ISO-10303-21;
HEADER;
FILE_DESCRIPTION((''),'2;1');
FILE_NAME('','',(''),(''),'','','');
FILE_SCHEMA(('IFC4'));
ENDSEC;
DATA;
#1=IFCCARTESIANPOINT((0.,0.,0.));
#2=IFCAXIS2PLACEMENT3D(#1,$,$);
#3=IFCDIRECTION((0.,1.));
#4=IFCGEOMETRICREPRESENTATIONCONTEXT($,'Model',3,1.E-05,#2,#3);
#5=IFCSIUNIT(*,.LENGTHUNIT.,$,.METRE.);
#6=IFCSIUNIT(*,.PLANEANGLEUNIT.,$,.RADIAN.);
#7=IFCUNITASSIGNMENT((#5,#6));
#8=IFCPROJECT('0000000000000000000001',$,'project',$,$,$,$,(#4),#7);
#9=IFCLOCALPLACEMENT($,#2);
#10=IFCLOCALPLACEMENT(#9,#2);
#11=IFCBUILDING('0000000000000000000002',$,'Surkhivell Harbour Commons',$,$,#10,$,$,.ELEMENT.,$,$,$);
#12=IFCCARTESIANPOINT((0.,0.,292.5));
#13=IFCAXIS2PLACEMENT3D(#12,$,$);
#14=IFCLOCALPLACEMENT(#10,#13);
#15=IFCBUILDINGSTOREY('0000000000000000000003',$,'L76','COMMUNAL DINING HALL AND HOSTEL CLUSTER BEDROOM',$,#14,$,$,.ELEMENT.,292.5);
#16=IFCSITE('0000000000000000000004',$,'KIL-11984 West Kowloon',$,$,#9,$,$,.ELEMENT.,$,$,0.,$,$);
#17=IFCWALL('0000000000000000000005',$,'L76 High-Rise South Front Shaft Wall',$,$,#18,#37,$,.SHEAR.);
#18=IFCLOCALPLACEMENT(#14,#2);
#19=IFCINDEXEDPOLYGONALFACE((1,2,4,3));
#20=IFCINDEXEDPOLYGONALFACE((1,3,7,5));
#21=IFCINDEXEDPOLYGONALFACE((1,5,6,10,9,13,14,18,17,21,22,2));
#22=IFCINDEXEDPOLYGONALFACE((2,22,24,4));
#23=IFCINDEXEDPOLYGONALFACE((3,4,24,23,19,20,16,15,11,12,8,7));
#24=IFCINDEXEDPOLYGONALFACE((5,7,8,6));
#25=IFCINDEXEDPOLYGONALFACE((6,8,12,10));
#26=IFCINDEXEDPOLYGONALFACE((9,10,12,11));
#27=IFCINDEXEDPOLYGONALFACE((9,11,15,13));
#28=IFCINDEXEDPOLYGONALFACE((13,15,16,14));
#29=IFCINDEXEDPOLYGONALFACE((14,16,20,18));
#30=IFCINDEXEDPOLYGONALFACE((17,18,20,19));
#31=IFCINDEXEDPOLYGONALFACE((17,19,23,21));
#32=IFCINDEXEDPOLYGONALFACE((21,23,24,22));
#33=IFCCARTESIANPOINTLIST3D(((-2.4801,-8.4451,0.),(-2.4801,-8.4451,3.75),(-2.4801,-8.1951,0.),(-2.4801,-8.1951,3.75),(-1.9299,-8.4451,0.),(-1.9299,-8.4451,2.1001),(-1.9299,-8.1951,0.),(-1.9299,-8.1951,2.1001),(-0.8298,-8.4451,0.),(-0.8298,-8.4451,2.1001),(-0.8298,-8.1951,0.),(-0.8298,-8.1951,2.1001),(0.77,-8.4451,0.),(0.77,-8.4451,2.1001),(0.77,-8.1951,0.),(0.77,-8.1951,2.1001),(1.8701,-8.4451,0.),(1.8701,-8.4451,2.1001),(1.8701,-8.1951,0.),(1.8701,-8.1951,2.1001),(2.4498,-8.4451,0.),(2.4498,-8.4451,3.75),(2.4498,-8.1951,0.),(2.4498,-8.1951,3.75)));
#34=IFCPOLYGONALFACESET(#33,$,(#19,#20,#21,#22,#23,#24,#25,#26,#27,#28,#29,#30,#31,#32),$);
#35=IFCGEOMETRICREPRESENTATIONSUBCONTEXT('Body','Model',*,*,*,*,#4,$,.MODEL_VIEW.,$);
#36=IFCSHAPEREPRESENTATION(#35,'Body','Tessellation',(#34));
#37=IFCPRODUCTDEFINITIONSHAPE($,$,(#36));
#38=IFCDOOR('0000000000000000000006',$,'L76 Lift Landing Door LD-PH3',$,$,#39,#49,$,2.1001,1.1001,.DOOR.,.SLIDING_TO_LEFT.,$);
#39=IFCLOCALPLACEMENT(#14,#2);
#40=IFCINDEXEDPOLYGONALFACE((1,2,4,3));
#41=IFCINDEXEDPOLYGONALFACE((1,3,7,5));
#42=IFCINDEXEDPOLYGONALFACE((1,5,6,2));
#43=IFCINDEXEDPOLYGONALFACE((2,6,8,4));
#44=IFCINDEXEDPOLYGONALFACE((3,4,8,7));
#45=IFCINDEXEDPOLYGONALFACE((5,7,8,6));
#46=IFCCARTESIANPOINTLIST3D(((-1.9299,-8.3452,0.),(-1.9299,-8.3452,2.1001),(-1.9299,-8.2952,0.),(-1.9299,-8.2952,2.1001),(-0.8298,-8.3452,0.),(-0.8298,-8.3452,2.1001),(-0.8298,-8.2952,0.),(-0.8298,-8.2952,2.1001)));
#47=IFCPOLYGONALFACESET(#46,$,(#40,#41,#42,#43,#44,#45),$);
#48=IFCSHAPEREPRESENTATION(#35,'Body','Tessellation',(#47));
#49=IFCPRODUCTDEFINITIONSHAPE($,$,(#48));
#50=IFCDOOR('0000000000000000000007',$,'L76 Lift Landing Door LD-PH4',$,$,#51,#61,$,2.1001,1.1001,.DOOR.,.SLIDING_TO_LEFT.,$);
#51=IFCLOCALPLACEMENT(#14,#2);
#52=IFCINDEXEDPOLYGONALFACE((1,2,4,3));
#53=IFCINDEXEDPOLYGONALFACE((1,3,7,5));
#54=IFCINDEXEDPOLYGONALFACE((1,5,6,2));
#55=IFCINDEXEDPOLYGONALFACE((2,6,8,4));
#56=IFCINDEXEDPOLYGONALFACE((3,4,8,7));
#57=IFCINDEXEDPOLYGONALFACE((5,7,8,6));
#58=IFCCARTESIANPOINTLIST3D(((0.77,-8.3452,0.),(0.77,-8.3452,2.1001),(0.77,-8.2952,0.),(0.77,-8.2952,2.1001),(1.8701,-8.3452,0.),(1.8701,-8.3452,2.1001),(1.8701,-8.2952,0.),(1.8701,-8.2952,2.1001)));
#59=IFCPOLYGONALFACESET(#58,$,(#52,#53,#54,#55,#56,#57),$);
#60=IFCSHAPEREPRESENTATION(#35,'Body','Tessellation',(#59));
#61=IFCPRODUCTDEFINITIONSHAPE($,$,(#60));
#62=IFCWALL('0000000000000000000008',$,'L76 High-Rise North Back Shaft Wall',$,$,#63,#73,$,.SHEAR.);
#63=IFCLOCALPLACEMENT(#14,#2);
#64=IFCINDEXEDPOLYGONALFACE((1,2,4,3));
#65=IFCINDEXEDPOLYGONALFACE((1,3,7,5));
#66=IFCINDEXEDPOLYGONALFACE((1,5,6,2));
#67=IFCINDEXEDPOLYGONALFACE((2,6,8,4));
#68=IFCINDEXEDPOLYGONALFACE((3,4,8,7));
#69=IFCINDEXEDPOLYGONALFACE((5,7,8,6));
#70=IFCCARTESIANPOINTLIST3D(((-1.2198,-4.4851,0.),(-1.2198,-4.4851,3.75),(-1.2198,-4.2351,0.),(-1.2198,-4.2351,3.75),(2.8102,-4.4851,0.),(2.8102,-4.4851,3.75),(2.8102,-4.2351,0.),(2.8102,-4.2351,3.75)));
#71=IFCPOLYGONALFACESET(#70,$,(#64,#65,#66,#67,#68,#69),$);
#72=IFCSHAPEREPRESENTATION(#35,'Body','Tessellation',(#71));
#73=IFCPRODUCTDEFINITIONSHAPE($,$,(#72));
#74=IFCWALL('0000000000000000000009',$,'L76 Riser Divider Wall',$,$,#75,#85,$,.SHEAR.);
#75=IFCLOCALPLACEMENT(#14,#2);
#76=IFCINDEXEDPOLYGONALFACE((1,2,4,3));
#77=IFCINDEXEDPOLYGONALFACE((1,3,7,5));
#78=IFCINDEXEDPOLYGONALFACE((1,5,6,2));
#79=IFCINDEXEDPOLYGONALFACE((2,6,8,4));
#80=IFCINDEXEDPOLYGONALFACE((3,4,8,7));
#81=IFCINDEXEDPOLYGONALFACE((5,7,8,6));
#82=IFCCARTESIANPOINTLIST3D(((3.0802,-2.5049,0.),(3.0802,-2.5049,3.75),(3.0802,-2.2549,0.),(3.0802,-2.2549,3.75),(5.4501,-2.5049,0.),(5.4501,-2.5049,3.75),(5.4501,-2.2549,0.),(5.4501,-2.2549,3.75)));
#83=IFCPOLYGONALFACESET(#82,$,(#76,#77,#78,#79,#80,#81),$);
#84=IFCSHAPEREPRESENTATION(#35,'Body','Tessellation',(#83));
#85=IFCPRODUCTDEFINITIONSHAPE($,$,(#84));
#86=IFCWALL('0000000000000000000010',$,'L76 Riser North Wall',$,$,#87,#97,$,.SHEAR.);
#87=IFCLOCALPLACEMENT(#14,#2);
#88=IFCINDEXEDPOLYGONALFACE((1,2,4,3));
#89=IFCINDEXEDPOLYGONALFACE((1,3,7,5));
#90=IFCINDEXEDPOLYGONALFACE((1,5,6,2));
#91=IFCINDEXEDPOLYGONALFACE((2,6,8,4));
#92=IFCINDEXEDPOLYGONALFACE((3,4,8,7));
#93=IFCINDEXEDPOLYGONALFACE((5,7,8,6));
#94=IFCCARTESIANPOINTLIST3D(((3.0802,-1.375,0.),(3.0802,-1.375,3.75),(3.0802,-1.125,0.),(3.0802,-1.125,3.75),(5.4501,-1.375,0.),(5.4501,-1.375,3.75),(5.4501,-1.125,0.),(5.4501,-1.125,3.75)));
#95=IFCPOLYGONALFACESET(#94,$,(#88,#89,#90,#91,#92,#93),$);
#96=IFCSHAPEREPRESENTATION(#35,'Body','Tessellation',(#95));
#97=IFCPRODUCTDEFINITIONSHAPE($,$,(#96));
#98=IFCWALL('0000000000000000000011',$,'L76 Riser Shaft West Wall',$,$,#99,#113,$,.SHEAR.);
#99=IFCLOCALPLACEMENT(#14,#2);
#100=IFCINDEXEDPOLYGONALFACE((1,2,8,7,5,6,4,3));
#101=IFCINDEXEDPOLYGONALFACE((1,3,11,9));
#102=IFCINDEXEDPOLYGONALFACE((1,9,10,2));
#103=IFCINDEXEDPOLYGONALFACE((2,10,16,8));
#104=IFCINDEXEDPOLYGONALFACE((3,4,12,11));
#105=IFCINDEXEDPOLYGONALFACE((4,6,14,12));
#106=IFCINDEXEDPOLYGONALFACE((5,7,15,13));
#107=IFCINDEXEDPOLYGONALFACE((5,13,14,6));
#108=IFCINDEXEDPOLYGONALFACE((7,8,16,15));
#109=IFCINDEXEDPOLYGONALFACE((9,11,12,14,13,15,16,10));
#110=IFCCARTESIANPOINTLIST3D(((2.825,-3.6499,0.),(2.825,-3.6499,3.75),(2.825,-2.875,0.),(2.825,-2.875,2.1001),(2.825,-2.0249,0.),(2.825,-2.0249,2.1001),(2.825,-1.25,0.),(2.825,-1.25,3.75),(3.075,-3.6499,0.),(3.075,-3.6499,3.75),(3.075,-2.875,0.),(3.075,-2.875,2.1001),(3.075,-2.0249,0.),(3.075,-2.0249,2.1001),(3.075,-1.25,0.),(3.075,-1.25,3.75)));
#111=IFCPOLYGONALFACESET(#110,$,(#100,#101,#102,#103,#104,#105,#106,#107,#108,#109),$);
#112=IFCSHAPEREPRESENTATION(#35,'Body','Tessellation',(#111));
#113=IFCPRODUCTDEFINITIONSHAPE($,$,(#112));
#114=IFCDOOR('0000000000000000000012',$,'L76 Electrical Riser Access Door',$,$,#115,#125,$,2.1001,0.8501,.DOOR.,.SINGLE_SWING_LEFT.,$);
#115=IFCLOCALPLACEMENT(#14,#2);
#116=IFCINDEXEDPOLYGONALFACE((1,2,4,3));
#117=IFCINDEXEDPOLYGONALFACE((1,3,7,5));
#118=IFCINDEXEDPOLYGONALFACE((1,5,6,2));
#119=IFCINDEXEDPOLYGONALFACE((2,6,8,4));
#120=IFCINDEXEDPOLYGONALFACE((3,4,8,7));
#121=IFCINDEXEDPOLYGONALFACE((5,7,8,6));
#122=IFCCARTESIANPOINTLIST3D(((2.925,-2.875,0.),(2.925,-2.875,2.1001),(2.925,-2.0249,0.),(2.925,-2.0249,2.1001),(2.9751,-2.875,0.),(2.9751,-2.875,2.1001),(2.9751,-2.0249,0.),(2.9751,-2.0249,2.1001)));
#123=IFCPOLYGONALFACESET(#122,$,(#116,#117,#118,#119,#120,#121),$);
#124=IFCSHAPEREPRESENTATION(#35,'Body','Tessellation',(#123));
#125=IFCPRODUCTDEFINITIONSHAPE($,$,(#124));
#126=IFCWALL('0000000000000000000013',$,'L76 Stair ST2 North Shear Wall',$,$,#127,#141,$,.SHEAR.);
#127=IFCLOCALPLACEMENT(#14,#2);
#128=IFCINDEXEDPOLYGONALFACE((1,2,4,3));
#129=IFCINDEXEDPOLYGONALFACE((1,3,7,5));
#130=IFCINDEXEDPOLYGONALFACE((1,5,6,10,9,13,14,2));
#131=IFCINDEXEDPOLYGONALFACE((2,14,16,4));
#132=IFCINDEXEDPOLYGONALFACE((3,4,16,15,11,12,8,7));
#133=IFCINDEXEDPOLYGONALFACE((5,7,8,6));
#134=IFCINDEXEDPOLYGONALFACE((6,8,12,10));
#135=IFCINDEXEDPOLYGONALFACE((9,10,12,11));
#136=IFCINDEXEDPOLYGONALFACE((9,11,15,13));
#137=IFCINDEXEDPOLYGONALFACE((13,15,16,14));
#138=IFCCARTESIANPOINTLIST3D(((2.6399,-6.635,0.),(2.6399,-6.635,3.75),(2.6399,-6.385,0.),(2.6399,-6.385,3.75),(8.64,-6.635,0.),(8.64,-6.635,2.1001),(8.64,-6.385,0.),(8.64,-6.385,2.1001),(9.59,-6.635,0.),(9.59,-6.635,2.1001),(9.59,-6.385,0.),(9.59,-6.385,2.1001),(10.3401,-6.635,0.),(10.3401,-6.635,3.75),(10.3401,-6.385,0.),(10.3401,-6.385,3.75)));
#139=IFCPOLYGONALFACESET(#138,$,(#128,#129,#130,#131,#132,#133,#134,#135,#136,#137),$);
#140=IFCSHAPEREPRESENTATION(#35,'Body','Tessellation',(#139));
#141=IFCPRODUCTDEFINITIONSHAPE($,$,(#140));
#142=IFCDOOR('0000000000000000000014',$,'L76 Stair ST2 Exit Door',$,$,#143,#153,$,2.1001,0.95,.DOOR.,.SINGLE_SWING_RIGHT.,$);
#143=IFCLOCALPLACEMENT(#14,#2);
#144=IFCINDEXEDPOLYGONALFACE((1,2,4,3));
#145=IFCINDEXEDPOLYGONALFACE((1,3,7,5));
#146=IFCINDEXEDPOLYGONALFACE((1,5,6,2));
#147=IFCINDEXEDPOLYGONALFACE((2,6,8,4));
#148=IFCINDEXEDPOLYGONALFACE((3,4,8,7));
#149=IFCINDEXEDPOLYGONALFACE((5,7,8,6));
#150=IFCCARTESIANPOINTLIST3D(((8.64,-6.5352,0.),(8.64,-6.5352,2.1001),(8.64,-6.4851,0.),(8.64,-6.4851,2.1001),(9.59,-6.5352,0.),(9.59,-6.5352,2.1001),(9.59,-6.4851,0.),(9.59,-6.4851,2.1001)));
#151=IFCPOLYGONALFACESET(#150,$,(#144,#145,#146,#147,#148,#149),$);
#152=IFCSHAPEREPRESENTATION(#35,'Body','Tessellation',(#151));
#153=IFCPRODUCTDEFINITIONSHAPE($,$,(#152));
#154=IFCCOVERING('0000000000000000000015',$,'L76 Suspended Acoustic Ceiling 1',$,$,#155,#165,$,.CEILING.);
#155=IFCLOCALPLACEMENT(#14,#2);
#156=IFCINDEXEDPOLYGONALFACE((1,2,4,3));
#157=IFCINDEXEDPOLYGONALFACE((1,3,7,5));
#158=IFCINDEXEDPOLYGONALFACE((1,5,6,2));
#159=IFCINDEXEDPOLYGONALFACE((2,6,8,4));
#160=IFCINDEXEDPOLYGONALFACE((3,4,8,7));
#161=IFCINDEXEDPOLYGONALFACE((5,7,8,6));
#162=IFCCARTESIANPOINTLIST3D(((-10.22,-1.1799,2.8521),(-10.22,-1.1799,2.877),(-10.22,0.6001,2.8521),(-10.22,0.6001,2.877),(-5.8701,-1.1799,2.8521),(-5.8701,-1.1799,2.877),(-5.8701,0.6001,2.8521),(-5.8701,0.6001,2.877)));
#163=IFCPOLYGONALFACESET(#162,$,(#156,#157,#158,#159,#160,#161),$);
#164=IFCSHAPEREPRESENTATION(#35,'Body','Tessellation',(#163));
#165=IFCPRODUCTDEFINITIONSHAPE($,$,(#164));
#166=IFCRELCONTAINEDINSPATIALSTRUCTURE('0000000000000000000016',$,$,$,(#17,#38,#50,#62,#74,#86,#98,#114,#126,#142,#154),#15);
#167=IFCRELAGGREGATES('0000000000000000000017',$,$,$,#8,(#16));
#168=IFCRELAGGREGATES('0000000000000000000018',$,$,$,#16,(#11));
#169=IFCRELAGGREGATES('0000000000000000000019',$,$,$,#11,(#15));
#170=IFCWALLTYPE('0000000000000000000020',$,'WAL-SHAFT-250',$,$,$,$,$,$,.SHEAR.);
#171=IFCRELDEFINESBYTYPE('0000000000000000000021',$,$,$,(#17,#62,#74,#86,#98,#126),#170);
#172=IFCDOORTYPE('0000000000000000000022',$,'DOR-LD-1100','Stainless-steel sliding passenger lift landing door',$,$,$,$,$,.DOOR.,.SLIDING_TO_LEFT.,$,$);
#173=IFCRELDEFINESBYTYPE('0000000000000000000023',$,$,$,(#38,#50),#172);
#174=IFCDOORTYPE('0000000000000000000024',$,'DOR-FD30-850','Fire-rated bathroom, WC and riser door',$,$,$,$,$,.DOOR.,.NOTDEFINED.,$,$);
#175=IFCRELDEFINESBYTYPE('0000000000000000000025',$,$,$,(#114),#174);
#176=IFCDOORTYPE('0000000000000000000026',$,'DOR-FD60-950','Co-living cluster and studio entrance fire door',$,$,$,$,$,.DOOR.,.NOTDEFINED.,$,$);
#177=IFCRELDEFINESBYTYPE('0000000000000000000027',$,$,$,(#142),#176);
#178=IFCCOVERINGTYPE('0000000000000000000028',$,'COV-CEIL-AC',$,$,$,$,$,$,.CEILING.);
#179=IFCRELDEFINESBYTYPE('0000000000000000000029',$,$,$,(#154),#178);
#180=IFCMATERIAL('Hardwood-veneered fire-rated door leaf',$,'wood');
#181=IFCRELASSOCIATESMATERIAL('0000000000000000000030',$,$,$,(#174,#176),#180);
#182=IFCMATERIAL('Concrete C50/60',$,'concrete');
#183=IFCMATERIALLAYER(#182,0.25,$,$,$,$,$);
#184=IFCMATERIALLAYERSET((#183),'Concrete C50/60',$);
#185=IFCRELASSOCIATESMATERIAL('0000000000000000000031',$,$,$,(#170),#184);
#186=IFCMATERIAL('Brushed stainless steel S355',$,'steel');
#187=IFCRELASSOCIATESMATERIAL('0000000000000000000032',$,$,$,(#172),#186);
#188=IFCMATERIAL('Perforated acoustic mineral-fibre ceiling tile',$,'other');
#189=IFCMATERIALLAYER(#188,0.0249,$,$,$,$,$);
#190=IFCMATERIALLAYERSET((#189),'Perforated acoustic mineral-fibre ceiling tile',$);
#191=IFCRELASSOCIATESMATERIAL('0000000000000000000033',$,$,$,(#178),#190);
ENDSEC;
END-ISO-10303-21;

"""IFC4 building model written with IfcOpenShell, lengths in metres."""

from ifc_helpers import new_model, si_unit, direction, frame, frame_2d, origin, place, context, subcontext, project, spatial, polyline, rectangle, outline, extrude, material, layer, layer_set, type_object, element, fill, save


model = new_model("IFC4")

# Units and contexts
model_context = context("Model", 3, precision=1e-05, world=origin(), true_north=direction((0.0, 1.0)))
body_context = subcontext(model_context, "Body", "Model", "MODEL_VIEW")
ifc_project = project(units=[si_unit("LENGTHUNIT", "METRE"), si_unit("PLANEANGLEUNIT", "RADIAN")], contexts=[model_context])

# Site, building, storey
site_placement = place(None, origin())
site = spatial("IfcSite", under=ifc_project, at=site_placement, Name="KIL-11984 West Kowloon", CompositionType="ELEMENT", RefElevation=0.0)
building_placement = place(site_placement, origin())
building = spatial("IfcBuilding", under=site, at=building_placement, Name="Surkhivell Harbour Commons", CompositionType="ELEMENT")
storey_placement = place(building_placement, frame((0.0, 0.0, 292.5)))
storey = spatial("IfcBuildingStorey", under=building, at=storey_placement, Name="L76", Description="COMMUNAL DINING HALL AND HOSTEL CLUSTER BEDROOM", CompositionType="ELEMENT", Elevation=292.5)

# Shared definitions
ifc_material_1 = material(Name="Hardwood-veneered fire-rated door leaf", Category="wood")
door_type_1 = type_object("IfcDoorType", Name="DOR-FD30-850", Description="Fire-rated bathroom, WC and riser door", OperationType="NOTDEFINED", PredefinedType="DOOR", material=ifc_material_1)

# Shared definitions
ifc_material_2 = material(Name="Concrete C50/60", Category="concrete")
ifc_layer_1 = layer(ifc_material_2, 0.25)
ifc_layer_set_1 = layer_set([ifc_layer_1], Name="Concrete C50/60")
wall_type_1 = type_object("IfcWallType", Name="WAL-SHAFT-250", PredefinedType="SHEAR", material=ifc_layer_set_1)

# Wall, openings, doors
ifc_material_3 = material(Name="Brushed stainless steel S355", Category="steel")
door_type_2 = type_object("IfcDoorType", Name="DOR-LD-1100", Description="Stainless-steel sliding passenger lift landing door", OperationType="SLIDING_TO_LEFT", PredefinedType="DOOR", material=ifc_material_3)
wall_1_placement = place(storey_placement, frame((-2.48, -8.3201, 0.0), z_axis=(0.0, 0.0, 1.0), x_axis=(1.0, 0.0, 0.0)))
wall_1 = element("IfcWall", 1, at=wall_1_placement, inside=storey, type_object=wall_type_1, Name="L76 High-Rise South Front Shaft Wall", PredefinedType="SHEAR", context=body_context, shape_type="SweptSolid", body=[
    extrude(rectangle(XDim=4.9299, YDim=0.25, at=frame_2d((2.4648, 0.0))), origin(), (0.0, 0.0, 1.0), 3.75),
])
opening_1_placement = place(wall_1_placement, frame((0.55, 0.0, 0.0)))
opening_1 = element("IfcOpeningElement", 2, at=opening_1_placement, cuts=wall_1, PredefinedType="OPENING", context=body_context, shape_type="SweptSolid", body=[
    extrude(rectangle(XDim=1.1001, YDim=2.1001, at=frame_2d((0.55, 1.05))), frame((0.0, 0.135, 0.0), z_axis=(0.0, -1.0, 0.0), x_axis=(1.0, 0.0, 0.0)), (0.0, 0.0, 1.0), 0.27),
])
opening_2_placement = place(wall_1_placement, frame((3.25, 0.0, 0.0)))
opening_2 = element("IfcOpeningElement", 3, at=opening_2_placement, cuts=wall_1, PredefinedType="OPENING", context=body_context, shape_type="SweptSolid", body=[
    extrude(rectangle(XDim=1.1001, YDim=2.1001, at=frame_2d((0.55, 1.05))), frame((0.0, 0.135, 0.0), z_axis=(0.0, -1.0, 0.0), x_axis=(1.0, 0.0, 0.0)), (0.0, 0.0, 1.0), 0.27),
])
door_1_placement = place(opening_1_placement, origin())
door_1 = element("IfcDoor", 4, at=door_1_placement, inside=storey, type_object=door_type_2, Name="L76 Lift Landing Door LD-PH3", OperationType="SLIDING_TO_LEFT", OverallHeight=2.1001, OverallWidth=1.1001, PredefinedType="DOOR", context=body_context, shape_type="SweptSolid", body=[
    extrude(rectangle(XDim=1.1001, YDim=2.1001, at=frame_2d((0.55, 1.05))), frame((0.0, 0.0249, 0.0), z_axis=(0.0, -1.0, 0.0), x_axis=(1.0, 0.0, 0.0)), (0.0, 0.0, 1.0), 0.05),
])
fill(opening_1, door_1)
door_2_placement = place(opening_2_placement, origin())
door_2 = element("IfcDoor", 5, at=door_2_placement, inside=storey, type_object=door_type_2, Name="L76 Lift Landing Door LD-PH4", OperationType="SLIDING_TO_LEFT", OverallHeight=2.1001, OverallWidth=1.1001, PredefinedType="DOOR", context=body_context, shape_type="SweptSolid", body=[
    extrude(rectangle(XDim=1.1001, YDim=2.1001, at=frame_2d((0.55, 1.05))), frame((0.0, 0.0249, 0.0), z_axis=(0.0, -1.0, 0.0), x_axis=(1.0, 0.0, 0.0)), (0.0, 0.0, 1.0), 0.05),
])
fill(opening_2, door_2)

# Walls
wall_2_placement = place(storey_placement, frame((-1.22, -4.3601, 0.0), z_axis=(0.0, 0.0, 1.0), x_axis=(1.0, 0.0, 0.0)))
element("IfcWall", 6, at=wall_2_placement, inside=storey, type_object=wall_type_1, Name="L76 High-Rise North Back Shaft Wall", PredefinedType="SHEAR", context=body_context, shape_type="SweptSolid", body=[
    extrude(rectangle(XDim=4.03, YDim=0.25, at=frame_2d((2.0151, 0.0))), origin(), (0.0, 0.0, 1.0), 3.75),
])
for number, where, z_axis, x_axis, name in (
    (7, (3.0801, -2.3799, 0.0), (0.0, 0.0, 1.0), (1.0, 0.0, 0.0), "L76 Riser Divider Wall"),
    (8, (3.0801, -1.25, 0.0), (0.0, 0.0, 1.0), (1.0, 0.0, 0.0), "L76 Riser North Wall"),
):
    element("IfcWall", number, at=place(storey_placement, frame(where, z_axis=z_axis, x_axis=x_axis)), inside=storey, type_object=wall_type_1, Name=name, PredefinedType="SHEAR", context=body_context, shape_type="SweptSolid", body=[
        extrude(rectangle(XDim=2.3699, YDim=0.25, at=frame_2d((1.1851, 0.0))), origin(), (0.0, 0.0, 1.0), 3.75),
    ])

# Walls, openings, doors
wall_3_placement = place(storey_placement, frame((2.95, -3.6499, 0.0), z_axis=(0.0, 0.0, 1.0), x_axis=(0.0, 1.0, 0.0)))
wall_3 = element("IfcWall", 9, at=wall_3_placement, inside=storey, type_object=wall_type_1, Name="L76 Riser Shaft West Wall", PredefinedType="SHEAR", context=body_context, shape_type="SweptSolid", body=[
    extrude(rectangle(XDim=2.3999, YDim=0.25, at=frame_2d((1.2, 0.0))), origin(), (0.0, 0.0, 1.0), 3.75),
])
opening_3_placement = place(wall_3_placement, frame((0.7749, 0.0, 0.0)))
opening_3 = element("IfcOpeningElement", 10, at=opening_3_placement, cuts=wall_3, PredefinedType="OPENING", context=body_context, shape_type="SweptSolid", body=[
    extrude(rectangle(XDim=0.8501, YDim=2.1001, at=frame_2d((0.425, 1.05))), frame((0.0, 0.135, 0.0), z_axis=(0.0, -1.0, 0.0), x_axis=(1.0, 0.0, 0.0)), (0.0, 0.0, 1.0), 0.27),
])
door_3_placement = place(opening_3_placement, origin())
door_3 = element("IfcDoor", 11, at=door_3_placement, inside=storey, type_object=door_type_1, Name="L76 Electrical Riser Access Door", OperationType="SINGLE_SWING_LEFT", OverallHeight=2.1001, OverallWidth=0.8501, PredefinedType="DOOR", context=body_context, shape_type="SweptSolid", body=[
    extrude(rectangle(XDim=0.8501, YDim=2.1001, at=frame_2d((0.425, 1.05))), frame((0.0, 0.0249, 0.0), z_axis=(0.0, -1.0, 0.0), x_axis=(1.0, 0.0, 0.0)), (0.0, 0.0, 1.0), 0.05),
])
fill(opening_3, door_3)
wall_4_placement = place(storey_placement, frame((2.6399, -6.51, 0.0), z_axis=(0.0, 0.0, 1.0), x_axis=(1.0, 0.0, 0.0)))
wall_4 = element("IfcWall", 12, at=wall_4_placement, inside=storey, type_object=wall_type_1, Name="L76 Stair ST2 North Shear Wall", PredefinedType="SHEAR", context=body_context, shape_type="SweptSolid", body=[
    extrude(rectangle(XDim=7.7002, YDim=0.25, at=frame_2d((3.8501, 0.0))), origin(), (0.0, 0.0, 1.0), 3.75),
])
opening_4_placement = place(wall_4_placement, frame((6.0, 0.0, 0.0)))
opening_4 = element("IfcOpeningElement", 13, at=opening_4_placement, cuts=wall_4, PredefinedType="OPENING", context=body_context, shape_type="SweptSolid", body=[
    extrude(rectangle(XDim=0.95, YDim=2.1001, at=frame_2d((0.4751, 1.05))), frame((0.0, 0.135, 0.0), z_axis=(0.0, -1.0, 0.0), x_axis=(1.0, 0.0, 0.0)), (0.0, 0.0, 1.0), 0.27),
])
door_type_3 = type_object("IfcDoorType", Name="DOR-FD60-950", Description="Co-living cluster and studio entrance fire door", OperationType="NOTDEFINED", PredefinedType="DOOR", material=ifc_material_1)
door_4_placement = place(opening_4_placement, origin())
door_4 = element("IfcDoor", 14, at=door_4_placement, inside=storey, type_object=door_type_3, Name="L76 Stair ST2 Exit Door", OperationType="SINGLE_SWING_RIGHT", OverallHeight=2.1001, OverallWidth=0.95, PredefinedType="DOOR", context=body_context, shape_type="SweptSolid", body=[
    extrude(rectangle(XDim=0.95, YDim=2.1001, at=frame_2d((0.4751, 1.05))), frame((0.0, 0.0249, 0.0), z_axis=(0.0, -1.0, 0.0), x_axis=(1.0, 0.0, 0.0)), (0.0, 0.0, 1.0), 0.05),
])
fill(opening_4, door_4)

# Covering
ifc_material_4 = material(Name="Perforated acoustic mineral-fibre ceiling tile", Category="other")
ifc_layer_2 = layer(ifc_material_4, 0.0249)
ifc_layer_set_2 = layer_set([ifc_layer_2], Name="Perforated acoustic mineral-fibre ceiling tile")
covering_type_1 = type_object("IfcCoveringType", Name="COV-CEIL-AC", PredefinedType="CEILING", material=ifc_layer_set_2)
covering_1_placement = place(storey_placement, frame((0.0, 0.0, 2.8521)))
element("IfcCovering", 15, at=covering_1_placement, inside=storey, type_object=covering_type_1, Name="L76 Suspended Acoustic Ceiling 1", PredefinedType="CEILING", context=body_context, shape_type="SweptSolid", body=[
    extrude(outline(polyline([(-10.22, -1.1799), (-5.8701, -1.1799), (-5.8701, 0.6001), (-10.22, 0.6001), (-10.22, -1.1799)])), origin(), (0.0, 0.0, 1.0), 0.0249),
])

save(model, "model.ifc")
